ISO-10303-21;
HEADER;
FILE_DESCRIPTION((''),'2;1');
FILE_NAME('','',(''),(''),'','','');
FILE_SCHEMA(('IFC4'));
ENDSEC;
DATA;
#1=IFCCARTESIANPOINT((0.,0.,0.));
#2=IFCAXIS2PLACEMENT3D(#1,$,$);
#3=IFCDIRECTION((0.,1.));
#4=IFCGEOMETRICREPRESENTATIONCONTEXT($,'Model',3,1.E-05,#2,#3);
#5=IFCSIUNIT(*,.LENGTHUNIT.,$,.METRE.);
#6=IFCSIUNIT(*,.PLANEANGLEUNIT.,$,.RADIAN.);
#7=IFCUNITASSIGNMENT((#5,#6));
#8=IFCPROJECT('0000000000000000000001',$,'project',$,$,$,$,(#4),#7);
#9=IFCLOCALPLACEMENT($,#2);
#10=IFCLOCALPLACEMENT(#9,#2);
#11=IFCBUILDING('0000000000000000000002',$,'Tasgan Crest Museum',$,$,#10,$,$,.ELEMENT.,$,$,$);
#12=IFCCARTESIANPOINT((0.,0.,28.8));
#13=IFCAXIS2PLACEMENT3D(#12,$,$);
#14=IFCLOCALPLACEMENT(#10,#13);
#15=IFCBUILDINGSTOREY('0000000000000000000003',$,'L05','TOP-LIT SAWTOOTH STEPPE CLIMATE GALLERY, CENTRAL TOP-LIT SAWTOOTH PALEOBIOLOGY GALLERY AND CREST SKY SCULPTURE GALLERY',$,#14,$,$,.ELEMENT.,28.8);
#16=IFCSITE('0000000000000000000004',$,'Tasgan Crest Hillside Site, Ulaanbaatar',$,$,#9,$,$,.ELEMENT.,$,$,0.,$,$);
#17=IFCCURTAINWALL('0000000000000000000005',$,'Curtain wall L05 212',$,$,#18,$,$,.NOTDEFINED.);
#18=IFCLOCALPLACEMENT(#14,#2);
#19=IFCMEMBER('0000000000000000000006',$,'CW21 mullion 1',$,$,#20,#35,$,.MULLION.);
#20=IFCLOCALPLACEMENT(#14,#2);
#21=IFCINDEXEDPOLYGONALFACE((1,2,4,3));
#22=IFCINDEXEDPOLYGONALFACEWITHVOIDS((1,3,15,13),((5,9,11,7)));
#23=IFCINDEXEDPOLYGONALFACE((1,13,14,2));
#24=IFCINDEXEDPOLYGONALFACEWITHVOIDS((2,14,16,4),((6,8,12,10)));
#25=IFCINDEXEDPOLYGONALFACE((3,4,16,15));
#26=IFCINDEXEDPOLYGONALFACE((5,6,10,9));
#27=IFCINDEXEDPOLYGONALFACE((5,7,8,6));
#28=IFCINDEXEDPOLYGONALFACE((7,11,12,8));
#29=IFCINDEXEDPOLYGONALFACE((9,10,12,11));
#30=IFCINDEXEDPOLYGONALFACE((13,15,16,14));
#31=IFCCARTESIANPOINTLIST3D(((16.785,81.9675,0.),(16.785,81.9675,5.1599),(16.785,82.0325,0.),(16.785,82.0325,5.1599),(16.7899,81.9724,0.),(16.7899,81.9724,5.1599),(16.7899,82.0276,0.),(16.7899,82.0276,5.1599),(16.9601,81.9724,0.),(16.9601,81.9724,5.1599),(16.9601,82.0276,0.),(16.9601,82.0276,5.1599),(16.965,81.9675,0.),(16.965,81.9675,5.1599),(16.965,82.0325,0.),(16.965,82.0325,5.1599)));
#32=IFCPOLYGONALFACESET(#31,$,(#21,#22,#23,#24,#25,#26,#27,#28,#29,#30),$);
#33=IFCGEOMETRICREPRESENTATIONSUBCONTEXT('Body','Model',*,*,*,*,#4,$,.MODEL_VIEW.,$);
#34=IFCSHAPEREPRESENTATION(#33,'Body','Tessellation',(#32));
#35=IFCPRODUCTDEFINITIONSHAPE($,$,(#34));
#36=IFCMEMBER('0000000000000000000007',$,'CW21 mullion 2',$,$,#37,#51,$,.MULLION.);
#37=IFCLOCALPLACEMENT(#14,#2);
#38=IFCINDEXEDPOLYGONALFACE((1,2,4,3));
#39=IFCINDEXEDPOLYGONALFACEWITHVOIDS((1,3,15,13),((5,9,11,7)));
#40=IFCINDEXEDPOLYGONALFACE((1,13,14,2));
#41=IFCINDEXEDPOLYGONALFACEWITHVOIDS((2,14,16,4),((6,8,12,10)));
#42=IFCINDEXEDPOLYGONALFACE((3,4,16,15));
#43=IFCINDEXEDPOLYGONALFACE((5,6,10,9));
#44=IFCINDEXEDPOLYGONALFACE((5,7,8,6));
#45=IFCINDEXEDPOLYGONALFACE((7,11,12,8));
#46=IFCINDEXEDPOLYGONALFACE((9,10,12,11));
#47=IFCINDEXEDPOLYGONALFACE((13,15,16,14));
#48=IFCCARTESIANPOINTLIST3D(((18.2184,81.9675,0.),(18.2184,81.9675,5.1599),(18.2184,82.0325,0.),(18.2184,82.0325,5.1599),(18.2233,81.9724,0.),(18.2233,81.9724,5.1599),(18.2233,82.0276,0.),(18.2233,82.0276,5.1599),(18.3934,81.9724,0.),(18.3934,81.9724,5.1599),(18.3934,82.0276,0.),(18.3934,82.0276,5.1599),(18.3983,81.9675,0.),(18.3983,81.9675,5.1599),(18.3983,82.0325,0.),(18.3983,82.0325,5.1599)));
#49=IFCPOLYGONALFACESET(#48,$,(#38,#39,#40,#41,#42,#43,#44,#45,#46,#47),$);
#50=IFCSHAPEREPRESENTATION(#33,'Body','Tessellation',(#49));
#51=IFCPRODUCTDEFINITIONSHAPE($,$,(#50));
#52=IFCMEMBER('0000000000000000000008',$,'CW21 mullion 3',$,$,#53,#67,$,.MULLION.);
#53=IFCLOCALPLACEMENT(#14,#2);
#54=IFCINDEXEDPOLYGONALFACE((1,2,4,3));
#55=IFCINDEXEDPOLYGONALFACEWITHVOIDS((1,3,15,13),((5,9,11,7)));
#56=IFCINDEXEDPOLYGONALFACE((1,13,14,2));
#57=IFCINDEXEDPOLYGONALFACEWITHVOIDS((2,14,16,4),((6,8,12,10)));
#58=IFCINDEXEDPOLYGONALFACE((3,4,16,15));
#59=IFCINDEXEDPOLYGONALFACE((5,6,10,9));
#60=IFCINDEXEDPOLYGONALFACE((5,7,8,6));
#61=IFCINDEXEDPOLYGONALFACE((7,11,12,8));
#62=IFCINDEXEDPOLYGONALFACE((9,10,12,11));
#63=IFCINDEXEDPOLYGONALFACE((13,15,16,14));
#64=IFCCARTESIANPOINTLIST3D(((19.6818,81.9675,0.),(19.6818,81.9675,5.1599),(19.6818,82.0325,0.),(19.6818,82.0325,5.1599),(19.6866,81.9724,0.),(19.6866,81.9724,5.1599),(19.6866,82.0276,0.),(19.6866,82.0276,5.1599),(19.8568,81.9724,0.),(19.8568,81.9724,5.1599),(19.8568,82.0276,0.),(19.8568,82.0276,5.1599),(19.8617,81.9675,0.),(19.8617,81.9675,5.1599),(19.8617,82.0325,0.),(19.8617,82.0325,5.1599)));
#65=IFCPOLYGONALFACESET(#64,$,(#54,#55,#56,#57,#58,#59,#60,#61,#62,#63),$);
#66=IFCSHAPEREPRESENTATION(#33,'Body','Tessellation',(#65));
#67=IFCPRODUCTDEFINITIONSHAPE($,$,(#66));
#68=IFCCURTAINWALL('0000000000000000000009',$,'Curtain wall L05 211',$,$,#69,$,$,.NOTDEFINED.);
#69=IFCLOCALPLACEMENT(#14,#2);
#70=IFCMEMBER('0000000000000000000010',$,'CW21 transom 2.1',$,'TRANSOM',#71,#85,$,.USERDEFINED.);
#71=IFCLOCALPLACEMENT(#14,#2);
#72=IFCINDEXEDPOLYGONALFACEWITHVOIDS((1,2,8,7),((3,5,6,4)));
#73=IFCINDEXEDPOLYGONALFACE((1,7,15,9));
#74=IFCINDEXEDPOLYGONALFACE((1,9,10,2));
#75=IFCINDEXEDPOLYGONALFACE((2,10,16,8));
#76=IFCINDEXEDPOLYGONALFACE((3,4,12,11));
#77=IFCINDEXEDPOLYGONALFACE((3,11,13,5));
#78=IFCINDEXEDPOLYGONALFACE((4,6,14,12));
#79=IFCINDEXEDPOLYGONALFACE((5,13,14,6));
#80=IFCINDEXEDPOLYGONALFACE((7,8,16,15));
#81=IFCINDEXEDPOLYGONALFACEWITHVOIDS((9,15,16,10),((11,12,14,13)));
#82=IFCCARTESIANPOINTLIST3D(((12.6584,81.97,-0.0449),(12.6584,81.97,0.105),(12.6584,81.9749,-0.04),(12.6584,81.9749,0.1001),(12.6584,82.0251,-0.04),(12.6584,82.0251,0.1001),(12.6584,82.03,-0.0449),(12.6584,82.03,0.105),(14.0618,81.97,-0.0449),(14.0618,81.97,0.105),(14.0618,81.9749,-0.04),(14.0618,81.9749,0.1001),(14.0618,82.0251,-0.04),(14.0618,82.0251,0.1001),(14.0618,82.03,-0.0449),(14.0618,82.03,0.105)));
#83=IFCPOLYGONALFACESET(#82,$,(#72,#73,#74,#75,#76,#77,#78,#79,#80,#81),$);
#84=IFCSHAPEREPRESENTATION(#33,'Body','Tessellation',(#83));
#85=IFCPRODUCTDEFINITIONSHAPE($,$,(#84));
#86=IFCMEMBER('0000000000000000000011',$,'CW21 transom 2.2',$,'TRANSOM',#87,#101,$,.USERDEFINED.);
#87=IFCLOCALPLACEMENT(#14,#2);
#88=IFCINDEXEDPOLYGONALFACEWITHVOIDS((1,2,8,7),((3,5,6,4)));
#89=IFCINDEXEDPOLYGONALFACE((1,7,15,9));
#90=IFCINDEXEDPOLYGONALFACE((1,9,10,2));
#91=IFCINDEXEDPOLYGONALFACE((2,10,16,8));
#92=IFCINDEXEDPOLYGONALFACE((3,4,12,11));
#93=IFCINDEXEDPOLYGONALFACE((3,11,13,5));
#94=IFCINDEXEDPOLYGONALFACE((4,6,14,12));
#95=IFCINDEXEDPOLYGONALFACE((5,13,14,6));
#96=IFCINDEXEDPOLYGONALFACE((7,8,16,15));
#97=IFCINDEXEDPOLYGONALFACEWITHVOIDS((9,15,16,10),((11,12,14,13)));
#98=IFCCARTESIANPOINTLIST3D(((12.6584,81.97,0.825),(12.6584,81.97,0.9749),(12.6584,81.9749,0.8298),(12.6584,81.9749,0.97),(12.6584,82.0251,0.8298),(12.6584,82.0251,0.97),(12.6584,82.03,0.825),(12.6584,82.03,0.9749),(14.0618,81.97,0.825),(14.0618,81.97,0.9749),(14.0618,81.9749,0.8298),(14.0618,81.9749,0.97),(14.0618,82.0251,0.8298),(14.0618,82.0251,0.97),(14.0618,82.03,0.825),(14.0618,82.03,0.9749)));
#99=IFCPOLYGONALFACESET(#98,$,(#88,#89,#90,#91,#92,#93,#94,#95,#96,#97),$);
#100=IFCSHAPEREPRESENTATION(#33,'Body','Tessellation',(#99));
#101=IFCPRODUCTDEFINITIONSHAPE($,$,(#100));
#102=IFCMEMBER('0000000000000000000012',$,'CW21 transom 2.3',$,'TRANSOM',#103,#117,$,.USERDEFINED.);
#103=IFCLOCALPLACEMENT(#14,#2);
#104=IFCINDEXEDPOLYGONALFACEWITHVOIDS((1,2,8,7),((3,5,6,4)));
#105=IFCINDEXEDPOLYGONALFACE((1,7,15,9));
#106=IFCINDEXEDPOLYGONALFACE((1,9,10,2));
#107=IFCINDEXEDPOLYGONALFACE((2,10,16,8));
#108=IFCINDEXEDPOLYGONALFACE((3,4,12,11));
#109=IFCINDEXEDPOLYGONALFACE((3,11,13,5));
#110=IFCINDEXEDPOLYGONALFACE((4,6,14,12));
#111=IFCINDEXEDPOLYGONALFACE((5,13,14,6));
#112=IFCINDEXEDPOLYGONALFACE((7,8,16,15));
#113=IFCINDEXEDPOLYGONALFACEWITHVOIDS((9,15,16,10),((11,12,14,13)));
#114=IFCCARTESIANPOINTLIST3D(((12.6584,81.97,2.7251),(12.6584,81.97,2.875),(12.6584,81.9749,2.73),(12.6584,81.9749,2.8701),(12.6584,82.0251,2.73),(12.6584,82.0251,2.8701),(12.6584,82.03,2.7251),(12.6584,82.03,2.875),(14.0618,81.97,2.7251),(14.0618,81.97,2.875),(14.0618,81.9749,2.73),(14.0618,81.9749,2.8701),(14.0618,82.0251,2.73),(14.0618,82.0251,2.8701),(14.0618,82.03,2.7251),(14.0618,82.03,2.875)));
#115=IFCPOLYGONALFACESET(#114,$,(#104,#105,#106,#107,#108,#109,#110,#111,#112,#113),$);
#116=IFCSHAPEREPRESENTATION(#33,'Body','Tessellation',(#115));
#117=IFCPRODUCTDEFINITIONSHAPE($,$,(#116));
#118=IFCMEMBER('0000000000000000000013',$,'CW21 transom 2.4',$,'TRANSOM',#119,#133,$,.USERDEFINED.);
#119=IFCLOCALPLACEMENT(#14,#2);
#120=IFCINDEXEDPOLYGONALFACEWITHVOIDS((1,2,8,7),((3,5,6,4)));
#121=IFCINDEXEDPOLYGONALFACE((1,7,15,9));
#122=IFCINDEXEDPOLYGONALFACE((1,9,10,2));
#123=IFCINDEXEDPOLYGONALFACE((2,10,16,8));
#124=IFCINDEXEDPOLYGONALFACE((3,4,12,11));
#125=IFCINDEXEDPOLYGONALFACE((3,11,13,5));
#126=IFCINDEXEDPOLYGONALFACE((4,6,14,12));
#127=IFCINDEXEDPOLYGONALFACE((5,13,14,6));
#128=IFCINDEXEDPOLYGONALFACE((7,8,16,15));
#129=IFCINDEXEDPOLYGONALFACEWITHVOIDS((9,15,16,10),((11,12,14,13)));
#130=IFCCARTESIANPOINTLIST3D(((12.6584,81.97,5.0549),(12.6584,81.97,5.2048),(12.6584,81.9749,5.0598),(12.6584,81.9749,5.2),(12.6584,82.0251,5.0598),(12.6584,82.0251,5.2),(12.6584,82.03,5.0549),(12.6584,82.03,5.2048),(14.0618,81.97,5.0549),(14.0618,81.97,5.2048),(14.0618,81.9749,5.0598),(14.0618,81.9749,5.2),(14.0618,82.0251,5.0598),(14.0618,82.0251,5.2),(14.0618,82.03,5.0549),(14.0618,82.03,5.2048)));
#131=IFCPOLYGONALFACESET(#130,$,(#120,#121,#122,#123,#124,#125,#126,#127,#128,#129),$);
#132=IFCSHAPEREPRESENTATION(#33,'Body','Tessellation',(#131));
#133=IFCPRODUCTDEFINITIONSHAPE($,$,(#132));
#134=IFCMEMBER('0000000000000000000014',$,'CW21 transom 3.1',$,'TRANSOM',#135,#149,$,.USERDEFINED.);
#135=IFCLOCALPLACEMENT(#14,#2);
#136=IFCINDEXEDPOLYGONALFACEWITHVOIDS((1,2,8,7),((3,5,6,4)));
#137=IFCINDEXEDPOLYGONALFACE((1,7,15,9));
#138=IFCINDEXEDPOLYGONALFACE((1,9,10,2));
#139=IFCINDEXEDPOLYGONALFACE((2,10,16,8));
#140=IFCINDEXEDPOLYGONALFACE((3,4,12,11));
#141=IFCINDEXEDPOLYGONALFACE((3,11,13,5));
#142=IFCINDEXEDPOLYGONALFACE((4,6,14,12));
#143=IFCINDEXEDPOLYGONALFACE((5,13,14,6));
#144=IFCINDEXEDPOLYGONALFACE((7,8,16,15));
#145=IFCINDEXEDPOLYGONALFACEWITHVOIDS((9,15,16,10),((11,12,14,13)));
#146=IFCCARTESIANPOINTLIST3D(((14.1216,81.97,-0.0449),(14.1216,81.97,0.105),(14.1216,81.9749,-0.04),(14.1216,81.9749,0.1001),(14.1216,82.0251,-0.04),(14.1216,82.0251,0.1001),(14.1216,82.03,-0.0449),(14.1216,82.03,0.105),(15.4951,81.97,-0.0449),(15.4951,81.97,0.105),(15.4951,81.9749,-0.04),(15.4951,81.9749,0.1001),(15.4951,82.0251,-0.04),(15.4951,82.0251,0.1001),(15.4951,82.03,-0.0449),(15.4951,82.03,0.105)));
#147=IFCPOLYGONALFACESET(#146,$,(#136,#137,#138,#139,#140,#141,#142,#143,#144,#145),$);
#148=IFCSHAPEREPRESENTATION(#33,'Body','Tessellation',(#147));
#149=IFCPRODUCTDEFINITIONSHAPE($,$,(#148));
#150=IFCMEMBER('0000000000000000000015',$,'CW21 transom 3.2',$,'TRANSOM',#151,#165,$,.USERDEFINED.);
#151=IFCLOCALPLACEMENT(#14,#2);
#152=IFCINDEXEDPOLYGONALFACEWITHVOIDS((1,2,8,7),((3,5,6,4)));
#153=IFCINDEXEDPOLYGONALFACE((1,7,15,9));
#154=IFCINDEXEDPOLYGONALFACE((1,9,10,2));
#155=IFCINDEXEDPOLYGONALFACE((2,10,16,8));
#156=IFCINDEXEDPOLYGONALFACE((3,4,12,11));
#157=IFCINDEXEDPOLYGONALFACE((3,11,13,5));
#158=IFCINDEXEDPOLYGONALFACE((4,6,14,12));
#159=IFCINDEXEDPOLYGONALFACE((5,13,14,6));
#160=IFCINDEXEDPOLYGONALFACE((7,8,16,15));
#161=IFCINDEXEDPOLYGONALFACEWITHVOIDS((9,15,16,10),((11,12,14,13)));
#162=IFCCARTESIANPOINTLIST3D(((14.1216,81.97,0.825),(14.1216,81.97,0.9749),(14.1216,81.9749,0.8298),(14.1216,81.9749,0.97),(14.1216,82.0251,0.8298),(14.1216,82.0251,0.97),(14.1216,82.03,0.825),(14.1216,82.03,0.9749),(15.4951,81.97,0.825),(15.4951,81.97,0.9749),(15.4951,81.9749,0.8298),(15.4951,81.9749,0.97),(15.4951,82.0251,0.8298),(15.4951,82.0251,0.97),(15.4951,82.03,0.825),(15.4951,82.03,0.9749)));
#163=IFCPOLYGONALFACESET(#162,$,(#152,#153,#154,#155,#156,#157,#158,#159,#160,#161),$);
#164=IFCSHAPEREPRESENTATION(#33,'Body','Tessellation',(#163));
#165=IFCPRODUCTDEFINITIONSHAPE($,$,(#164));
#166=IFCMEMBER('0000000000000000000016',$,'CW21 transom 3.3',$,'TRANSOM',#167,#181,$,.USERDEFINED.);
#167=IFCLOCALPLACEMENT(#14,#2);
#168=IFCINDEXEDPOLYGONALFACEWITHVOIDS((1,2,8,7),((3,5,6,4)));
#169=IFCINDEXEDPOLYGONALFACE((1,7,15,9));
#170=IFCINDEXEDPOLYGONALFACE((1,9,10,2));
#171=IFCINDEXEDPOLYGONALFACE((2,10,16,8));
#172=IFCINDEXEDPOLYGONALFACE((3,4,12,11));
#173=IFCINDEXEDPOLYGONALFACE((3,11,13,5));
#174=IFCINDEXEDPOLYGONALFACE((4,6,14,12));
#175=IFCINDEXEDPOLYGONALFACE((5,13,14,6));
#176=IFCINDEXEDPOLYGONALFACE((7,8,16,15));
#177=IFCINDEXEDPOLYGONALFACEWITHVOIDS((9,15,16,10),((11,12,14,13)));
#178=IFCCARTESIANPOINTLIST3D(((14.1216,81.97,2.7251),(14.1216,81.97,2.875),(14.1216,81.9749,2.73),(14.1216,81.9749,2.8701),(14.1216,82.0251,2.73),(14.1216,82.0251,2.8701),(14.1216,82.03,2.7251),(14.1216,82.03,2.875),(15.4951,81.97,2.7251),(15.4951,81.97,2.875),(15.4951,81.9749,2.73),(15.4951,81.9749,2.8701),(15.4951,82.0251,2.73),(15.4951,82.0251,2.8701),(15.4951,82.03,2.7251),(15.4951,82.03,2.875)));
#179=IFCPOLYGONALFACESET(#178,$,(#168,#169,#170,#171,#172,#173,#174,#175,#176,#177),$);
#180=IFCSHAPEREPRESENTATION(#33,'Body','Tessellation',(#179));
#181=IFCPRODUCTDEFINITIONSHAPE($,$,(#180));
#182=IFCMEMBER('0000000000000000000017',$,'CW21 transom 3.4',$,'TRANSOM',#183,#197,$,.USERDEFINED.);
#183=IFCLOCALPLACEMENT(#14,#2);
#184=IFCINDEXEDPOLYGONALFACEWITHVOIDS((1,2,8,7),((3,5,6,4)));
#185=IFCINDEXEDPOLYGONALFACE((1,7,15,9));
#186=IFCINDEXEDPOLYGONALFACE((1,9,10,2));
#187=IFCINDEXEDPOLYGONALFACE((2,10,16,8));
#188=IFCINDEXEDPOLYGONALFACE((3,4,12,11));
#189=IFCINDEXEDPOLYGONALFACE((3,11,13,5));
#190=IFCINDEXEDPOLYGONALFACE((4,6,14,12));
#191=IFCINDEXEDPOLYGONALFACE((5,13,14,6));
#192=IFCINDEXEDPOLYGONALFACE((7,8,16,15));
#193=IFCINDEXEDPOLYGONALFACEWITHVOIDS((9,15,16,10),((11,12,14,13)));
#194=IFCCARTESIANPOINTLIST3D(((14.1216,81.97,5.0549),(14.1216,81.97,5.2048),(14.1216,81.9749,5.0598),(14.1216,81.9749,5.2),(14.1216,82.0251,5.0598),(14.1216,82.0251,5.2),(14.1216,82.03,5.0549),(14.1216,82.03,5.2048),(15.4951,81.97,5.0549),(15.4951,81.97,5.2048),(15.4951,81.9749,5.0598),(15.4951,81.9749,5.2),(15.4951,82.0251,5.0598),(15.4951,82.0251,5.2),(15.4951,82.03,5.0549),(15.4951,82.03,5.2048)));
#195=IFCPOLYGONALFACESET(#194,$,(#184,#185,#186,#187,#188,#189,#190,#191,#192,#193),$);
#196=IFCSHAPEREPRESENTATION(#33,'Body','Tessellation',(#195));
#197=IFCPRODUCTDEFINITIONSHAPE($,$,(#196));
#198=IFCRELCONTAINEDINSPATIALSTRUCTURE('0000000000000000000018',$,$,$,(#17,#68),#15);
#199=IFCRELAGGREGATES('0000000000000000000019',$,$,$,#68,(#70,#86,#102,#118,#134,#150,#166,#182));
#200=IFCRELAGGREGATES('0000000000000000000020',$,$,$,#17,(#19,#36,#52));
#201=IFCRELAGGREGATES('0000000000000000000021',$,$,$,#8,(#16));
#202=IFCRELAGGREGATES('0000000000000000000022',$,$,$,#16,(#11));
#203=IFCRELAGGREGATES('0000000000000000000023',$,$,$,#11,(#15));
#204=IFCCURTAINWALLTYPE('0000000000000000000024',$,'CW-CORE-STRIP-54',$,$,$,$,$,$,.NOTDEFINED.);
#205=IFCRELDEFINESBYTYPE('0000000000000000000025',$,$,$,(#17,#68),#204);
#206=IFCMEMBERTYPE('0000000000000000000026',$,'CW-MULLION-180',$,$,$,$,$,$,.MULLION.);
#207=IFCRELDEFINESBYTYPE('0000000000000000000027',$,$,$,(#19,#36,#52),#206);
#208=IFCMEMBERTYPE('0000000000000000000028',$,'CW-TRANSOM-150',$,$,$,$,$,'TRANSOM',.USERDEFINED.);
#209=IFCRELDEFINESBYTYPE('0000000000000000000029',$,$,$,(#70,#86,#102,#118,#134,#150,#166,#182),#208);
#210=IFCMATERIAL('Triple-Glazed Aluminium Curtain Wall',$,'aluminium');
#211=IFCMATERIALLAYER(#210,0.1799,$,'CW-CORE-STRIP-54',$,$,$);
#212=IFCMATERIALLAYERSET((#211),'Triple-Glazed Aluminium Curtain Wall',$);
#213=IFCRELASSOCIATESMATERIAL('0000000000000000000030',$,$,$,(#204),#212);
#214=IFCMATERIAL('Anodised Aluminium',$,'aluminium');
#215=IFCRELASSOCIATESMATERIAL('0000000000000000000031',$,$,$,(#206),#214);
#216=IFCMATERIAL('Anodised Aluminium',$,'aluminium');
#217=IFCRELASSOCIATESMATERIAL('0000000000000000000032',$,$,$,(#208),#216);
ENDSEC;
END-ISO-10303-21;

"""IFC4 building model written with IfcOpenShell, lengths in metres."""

from ifc_helpers import new_model, si_unit, direction, frame, origin, origin_2d, place, context, subcontext, project, spatial, hollow_rectangle, extrude, material, layer, layer_set, material_profile, profile_set, type_object, element, aggregate, save


model = new_model("IFC4")

# Units and contexts
model_context = context("Model", 3, precision=1e-05, world=origin(), true_north=direction((0.0, 1.0)))
body_context = subcontext(model_context, "Body", "Model", "MODEL_VIEW")
ifc_project = project(units=[si_unit("LENGTHUNIT", "METRE"), si_unit("PLANEANGLEUNIT", "RADIAN")], contexts=[model_context])

# Site, building, storey
site_placement = place(None, origin())
site = spatial("IfcSite", under=ifc_project, at=site_placement, Name="Tasgan Crest Hillside Site, Ulaanbaatar", CompositionType="ELEMENT", RefElevation=0.0)
building_placement = place(site_placement, origin())
building = spatial("IfcBuilding", under=site, at=building_placement, Name="Tasgan Crest Museum", CompositionType="ELEMENT")
storey_placement = place(building_placement, frame((0.0, 0.0, 28.8)))
storey = spatial("IfcBuildingStorey", under=building, at=storey_placement, Name="L05", Description="TOP-LIT SAWTOOTH STEPPE CLIMATE GALLERY, CENTRAL TOP-LIT SAWTOOTH PALEOBIOLOGY GALLERY AND CREST SKY SCULPTURE GALLERY", CompositionType="ELEMENT", Elevation=28.8)

# Curtain walls, members
ifc_material_1 = material(Name="Triple-Glazed Aluminium Curtain Wall", Category="aluminium")
ifc_layer_1 = layer(ifc_material_1, 0.1799, Name="CW-CORE-STRIP-54")
ifc_layer_set_1 = layer_set([ifc_layer_1], Name="Triple-Glazed Aluminium Curtain Wall")
curtain_wall_type = type_object("IfcCurtainWallType", Name="CW-CORE-STRIP-54", PredefinedType="NOTDEFINED", material=ifc_layer_set_1)
curtain_wall_1_placement = place(storey_placement, origin())
curtain_wall_1 = element("IfcCurtainWall", 1, at=curtain_wall_1_placement, inside=storey, type_object=curtain_wall_type, Name="Curtain wall L05 212", PredefinedType="NOTDEFINED")
ifc_material_2 = material(Name="Anodised Aluminium", Category="aluminium")
ifc_material_profile_1 = material_profile(ifc_material_2, hollow_rectangle(XDim=0.0649, YDim=0.1799, WallThickness=0.0049, at=origin_2d()), Name="ALU MULLION 180x65x5")
ifc_profile_set_1 = profile_set([ifc_material_profile_1], Name="Anodised Aluminium")
member_type_1 = type_object("IfcMemberType", Name="CW-MULLION-180", PredefinedType="MULLION", material=ifc_profile_set_1)
member_1_placement = place(storey_placement, frame((16.875, 82.0, 0.0), z_axis=(0.0, 0.0, 1.0), x_axis=(0.0, 1.0, 0.0)))
member_1 = element("IfcMember", 2, at=member_1_placement, type_object=member_type_1, Name="CW21 mullion 1", PredefinedType="MULLION", context=body_context, shape_type="SweptSolid", body=[
    extrude(hollow_rectangle(XDim=0.0649, YDim=0.1799, WallThickness=0.0049, at=origin_2d()), origin(), (0.0, 0.0, 1.0), 5.1599),
])
member_2_placement = place(storey_placement, frame((18.3083, 82.0, 0.0), z_axis=(0.0, 0.0, 1.0), x_axis=(0.0, 1.0, 0.0)))
member_2 = element("IfcMember", 3, at=member_2_placement, type_object=member_type_1, Name="CW21 mullion 2", PredefinedType="MULLION", context=body_context, shape_type="SweptSolid", body=[
    extrude(hollow_rectangle(XDim=0.0649, YDim=0.1799, WallThickness=0.0049, at=origin_2d()), origin(), (0.0, 0.0, 1.0), 5.1599),
])
member_3_placement = place(storey_placement, frame((19.7717, 82.0, 0.0), z_axis=(0.0, 0.0, 1.0), x_axis=(0.0, 1.0, 0.0)))
member_3 = element("IfcMember", 4, at=member_3_placement, type_object=member_type_1, Name="CW21 mullion 3", PredefinedType="MULLION", context=body_context, shape_type="SweptSolid", body=[
    extrude(hollow_rectangle(XDim=0.0649, YDim=0.1799, WallThickness=0.0049, at=origin_2d()), origin(), (0.0, 0.0, 1.0), 5.1599),
])
curtain_wall_2_placement = place(storey_placement, origin())
curtain_wall_2 = element("IfcCurtainWall", 5, at=curtain_wall_2_placement, inside=storey, type_object=curtain_wall_type, Name="Curtain wall L05 211", PredefinedType="NOTDEFINED")
ifc_material_3 = material(Name="Anodised Aluminium", Category="aluminium")
ifc_material_profile_2 = material_profile(ifc_material_3, hollow_rectangle(XDim=0.0601, YDim=0.1499, WallThickness=0.0049, at=origin_2d()), Name="ALU TRANSOM 150x60x5")
ifc_profile_set_2 = profile_set([ifc_material_profile_2], Name="Anodised Aluminium")
member_type_2 = type_object("IfcMemberType", Name="CW-TRANSOM-150", ElementType="TRANSOM", PredefinedType="USERDEFINED", material=ifc_profile_set_2)
member_4_placement = place(storey_placement, frame((12.6584, 82.0, 0.03), z_axis=(1.0, 0.0, 0.0), x_axis=(0.0, 1.0, 0.0)))
member_4 = element("IfcMember", 6, at=member_4_placement, type_object=member_type_2, Name="CW21 transom 2.1", ObjectType="TRANSOM", PredefinedType="USERDEFINED", context=body_context, shape_type="SweptSolid", body=[
    extrude(hollow_rectangle(XDim=0.0601, YDim=0.1499, WallThickness=0.0049, at=origin_2d()), origin(), (0.0, 0.0, 1.0), 1.4033),
])
member_5_placement = place(storey_placement, frame((12.6584, 82.0, 0.8999), z_axis=(1.0, 0.0, 0.0), x_axis=(0.0, 1.0, 0.0)))
member_5 = element("IfcMember", 7, at=member_5_placement, type_object=member_type_2, Name="CW21 transom 2.2", ObjectType="TRANSOM", PredefinedType="USERDEFINED", context=body_context, shape_type="SweptSolid", body=[
    extrude(hollow_rectangle(XDim=0.0601, YDim=0.1499, WallThickness=0.0049, at=origin_2d()), origin(), (0.0, 0.0, 1.0), 1.4033),
])
member_6_placement = place(storey_placement, frame((12.6584, 82.0, 2.8), z_axis=(1.0, 0.0, 0.0), x_axis=(0.0, 1.0, 0.0)))
member_6 = element("IfcMember", 8, at=member_6_placement, type_object=member_type_2, Name="CW21 transom 2.3", ObjectType="TRANSOM", PredefinedType="USERDEFINED", context=body_context, shape_type="SweptSolid", body=[
    extrude(hollow_rectangle(XDim=0.0601, YDim=0.1499, WallThickness=0.0049, at=origin_2d()), origin(), (0.0, 0.0, 1.0), 1.4033),
])
member_7_placement = place(storey_placement, frame((12.6584, 82.0, 5.1299), z_axis=(1.0, 0.0, 0.0), x_axis=(0.0, 1.0, 0.0)))
member_7 = element("IfcMember", 9, at=member_7_placement, type_object=member_type_2, Name="CW21 transom 2.4", ObjectType="TRANSOM", PredefinedType="USERDEFINED", context=body_context, shape_type="SweptSolid", body=[
    extrude(hollow_rectangle(XDim=0.0601, YDim=0.1499, WallThickness=0.0049, at=origin_2d()), origin(), (0.0, 0.0, 1.0), 1.4033),
])
member_8_placement = place(storey_placement, frame((14.1216, 82.0, 0.03), z_axis=(1.0, 0.0, 0.0), x_axis=(0.0, 1.0, 0.0)))
member_8 = element("IfcMember", 10, at=member_8_placement, type_object=member_type_2, Name="CW21 transom 3.1", ObjectType="TRANSOM", PredefinedType="USERDEFINED", context=body_context, shape_type="SweptSolid", body=[
    extrude(hollow_rectangle(XDim=0.0601, YDim=0.1499, WallThickness=0.0049, at=origin_2d()), origin(), (0.0, 0.0, 1.0), 1.3735),
])
member_9_placement = place(storey_placement, frame((14.1216, 82.0, 0.8999), z_axis=(1.0, 0.0, 0.0), x_axis=(0.0, 1.0, 0.0)))
member_9 = element("IfcMember", 11, at=member_9_placement, type_object=member_type_2, Name="CW21 transom 3.2", ObjectType="TRANSOM", PredefinedType="USERDEFINED", context=body_context, shape_type="SweptSolid", body=[
    extrude(hollow_rectangle(XDim=0.0601, YDim=0.1499, WallThickness=0.0049, at=origin_2d()), origin(), (0.0, 0.0, 1.0), 1.3735),
])
member_10_placement = place(storey_placement, frame((14.1216, 82.0, 2.8), z_axis=(1.0, 0.0, 0.0), x_axis=(0.0, 1.0, 0.0)))
member_10 = element("IfcMember", 12, at=member_10_placement, type_object=member_type_2, Name="CW21 transom 3.3", ObjectType="TRANSOM", PredefinedType="USERDEFINED", context=body_context, shape_type="SweptSolid", body=[
    extrude(hollow_rectangle(XDim=0.0601, YDim=0.1499, WallThickness=0.0049, at=origin_2d()), origin(), (0.0, 0.0, 1.0), 1.3735),
])
member_11_placement = place(storey_placement, frame((14.1216, 82.0, 5.1299), z_axis=(1.0, 0.0, 0.0), x_axis=(0.0, 1.0, 0.0)))
member_11 = element("IfcMember", 13, at=member_11_placement, type_object=member_type_2, Name="CW21 transom 3.4", ObjectType="TRANSOM", PredefinedType="USERDEFINED", context=body_context, shape_type="SweptSolid", body=[
    extrude(hollow_rectangle(XDim=0.0601, YDim=0.1499, WallThickness=0.0049, at=origin_2d()), origin(), (0.0, 0.0, 1.0), 1.3735),
])

aggregate(curtain_wall_2, [member_4, member_5, member_6, member_7, member_8, member_9, member_10, member_11])
aggregate(curtain_wall_1, [member_1, member_2, member_3])

save(model, "model.ifc")
